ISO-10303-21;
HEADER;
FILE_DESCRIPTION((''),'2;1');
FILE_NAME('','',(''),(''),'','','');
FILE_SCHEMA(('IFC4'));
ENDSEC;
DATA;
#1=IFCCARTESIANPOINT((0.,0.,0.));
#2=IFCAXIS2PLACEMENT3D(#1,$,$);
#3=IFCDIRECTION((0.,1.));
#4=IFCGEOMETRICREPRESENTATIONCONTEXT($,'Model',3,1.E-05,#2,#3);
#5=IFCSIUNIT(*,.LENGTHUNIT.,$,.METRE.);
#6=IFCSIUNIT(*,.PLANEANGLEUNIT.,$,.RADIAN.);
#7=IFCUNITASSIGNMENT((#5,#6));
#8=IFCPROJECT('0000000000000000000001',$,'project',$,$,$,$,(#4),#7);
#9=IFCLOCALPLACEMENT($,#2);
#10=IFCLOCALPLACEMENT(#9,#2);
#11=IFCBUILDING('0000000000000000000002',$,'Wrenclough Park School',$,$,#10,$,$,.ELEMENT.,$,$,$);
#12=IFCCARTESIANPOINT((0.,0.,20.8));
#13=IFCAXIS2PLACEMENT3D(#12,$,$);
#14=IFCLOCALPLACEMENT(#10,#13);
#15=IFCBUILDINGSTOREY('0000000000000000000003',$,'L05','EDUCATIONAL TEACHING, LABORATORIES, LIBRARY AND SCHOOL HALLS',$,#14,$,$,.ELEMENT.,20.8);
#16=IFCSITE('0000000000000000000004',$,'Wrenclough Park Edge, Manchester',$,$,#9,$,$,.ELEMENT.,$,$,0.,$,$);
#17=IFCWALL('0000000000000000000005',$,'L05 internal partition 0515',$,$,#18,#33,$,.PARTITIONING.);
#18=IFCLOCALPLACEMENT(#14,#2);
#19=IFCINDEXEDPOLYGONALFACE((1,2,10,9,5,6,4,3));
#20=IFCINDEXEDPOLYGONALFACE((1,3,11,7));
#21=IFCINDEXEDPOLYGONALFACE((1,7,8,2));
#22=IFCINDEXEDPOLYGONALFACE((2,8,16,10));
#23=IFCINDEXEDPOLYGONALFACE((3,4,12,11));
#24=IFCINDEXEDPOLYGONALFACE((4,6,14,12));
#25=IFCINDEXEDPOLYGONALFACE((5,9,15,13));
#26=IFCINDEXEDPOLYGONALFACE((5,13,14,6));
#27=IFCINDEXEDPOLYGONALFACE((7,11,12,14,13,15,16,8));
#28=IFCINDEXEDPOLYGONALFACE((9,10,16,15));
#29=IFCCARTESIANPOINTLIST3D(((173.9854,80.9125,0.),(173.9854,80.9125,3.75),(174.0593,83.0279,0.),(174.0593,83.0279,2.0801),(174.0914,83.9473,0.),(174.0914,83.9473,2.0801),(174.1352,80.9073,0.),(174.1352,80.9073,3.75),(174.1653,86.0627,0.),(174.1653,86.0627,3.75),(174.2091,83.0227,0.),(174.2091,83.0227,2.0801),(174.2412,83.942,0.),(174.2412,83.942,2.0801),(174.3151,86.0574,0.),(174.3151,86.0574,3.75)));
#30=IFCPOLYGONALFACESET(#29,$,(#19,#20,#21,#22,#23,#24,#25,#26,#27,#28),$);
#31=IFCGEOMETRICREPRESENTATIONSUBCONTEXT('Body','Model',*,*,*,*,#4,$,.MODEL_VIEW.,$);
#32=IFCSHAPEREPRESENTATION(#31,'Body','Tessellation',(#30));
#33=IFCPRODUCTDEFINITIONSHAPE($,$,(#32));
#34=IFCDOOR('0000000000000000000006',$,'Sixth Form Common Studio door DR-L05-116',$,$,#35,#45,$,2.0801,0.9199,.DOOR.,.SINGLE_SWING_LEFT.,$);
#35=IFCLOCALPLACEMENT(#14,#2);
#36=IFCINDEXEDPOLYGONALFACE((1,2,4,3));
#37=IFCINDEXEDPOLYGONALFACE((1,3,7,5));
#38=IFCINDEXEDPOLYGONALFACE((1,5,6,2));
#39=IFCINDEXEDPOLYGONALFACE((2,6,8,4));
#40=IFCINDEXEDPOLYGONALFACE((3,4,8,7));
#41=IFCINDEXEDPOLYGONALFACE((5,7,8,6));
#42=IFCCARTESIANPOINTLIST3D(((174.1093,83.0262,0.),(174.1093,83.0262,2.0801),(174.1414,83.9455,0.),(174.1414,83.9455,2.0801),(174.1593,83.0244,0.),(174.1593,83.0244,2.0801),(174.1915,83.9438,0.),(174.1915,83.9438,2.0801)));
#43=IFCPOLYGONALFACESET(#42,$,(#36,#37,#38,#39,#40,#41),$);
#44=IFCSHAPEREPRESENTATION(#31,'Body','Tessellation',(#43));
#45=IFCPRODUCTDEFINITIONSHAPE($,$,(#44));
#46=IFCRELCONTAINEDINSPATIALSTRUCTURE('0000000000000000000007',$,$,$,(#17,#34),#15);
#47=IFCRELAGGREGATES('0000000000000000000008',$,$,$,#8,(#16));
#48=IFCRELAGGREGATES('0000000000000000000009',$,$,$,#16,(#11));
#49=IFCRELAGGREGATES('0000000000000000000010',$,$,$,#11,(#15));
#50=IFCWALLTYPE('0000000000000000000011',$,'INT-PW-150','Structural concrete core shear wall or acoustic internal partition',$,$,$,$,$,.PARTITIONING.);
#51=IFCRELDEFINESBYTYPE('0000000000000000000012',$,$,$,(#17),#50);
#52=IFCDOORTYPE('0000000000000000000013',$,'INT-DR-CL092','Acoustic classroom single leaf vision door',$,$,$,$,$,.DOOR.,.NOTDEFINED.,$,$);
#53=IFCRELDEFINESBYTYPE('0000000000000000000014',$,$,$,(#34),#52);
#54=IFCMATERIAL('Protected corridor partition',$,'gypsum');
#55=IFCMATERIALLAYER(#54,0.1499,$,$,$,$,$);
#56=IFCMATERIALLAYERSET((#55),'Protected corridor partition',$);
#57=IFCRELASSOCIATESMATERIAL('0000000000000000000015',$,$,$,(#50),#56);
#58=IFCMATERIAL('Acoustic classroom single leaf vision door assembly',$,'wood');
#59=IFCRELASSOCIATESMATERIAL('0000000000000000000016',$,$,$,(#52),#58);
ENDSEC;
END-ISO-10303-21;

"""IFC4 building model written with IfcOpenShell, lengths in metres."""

from ifc_helpers import new_model, si_unit, direction, frame, frame_2d, origin, place, context, subcontext, project, spatial, rectangle, extrude, material, layer, layer_set, type_object, element, fill, save


model = new_model("IFC4")

# Units and contexts
model_context = context("Model", 3, precision=1e-05, world=origin(), true_north=direction((0.0, 1.0)))
body_context = subcontext(model_context, "Body", "Model", "MODEL_VIEW")
ifc_project = project(units=[si_unit("LENGTHUNIT", "METRE"), si_unit("PLANEANGLEUNIT", "RADIAN")], contexts=[model_context])

# Site, building, storey
site_placement = place(None, origin())
site = spatial("IfcSite", under=ifc_project, at=site_placement, Name="Wrenclough Park Edge, Manchester", CompositionType="ELEMENT", RefElevation=0.0)
building_placement = place(site_placement, origin())
building = spatial("IfcBuilding", under=site, at=building_placement, Name="Wrenclough Park School", CompositionType="ELEMENT")
storey_placement = place(building_placement, frame((0.0, 0.0, 20.8)))
storey = spatial("IfcBuildingStorey", under=building, at=storey_placement, Name="L05", Description="EDUCATIONAL TEACHING, LABORATORIES, LIBRARY AND SCHOOL HALLS", CompositionType="ELEMENT", Elevation=20.8)

# Wall, opening, door
ifc_material_1 = material(Name="Protected corridor partition", Category="gypsum")
ifc_layer_1 = layer(ifc_material_1, 0.1499)
ifc_layer_set_1 = layer_set([ifc_layer_1], Name="Protected corridor partition")
wall_type_1 = type_object("IfcWallType", Name="INT-PW-150", Description="Structural concrete core shear wall or acoustic internal partition", PredefinedType="PARTITIONING", material=ifc_layer_set_1)
wall_1_placement = place(storey_placement, frame((174.2402, 86.0601, 0.0), z_axis=(0.0, 0.0, 1.0), x_axis=(-0.034916, -0.99939, 0.0)))
wall_1 = element("IfcWall", 1, at=wall_1_placement, inside=storey, type_object=wall_type_1, Name="L05 internal partition 0515", PredefinedType="PARTITIONING", context=body_context, shape_type="SweptSolid", body=[
    extrude(rectangle(XDim=5.1533, YDim=0.1499, at=frame_2d((2.5767, 0.0))), origin(), (0.0, 0.0, 1.0), 3.75),
])
opening_1_placement = place(wall_1_placement, frame((2.1167, 0.0, 0.0)))
opening_1 = element("IfcOpeningElement", 2, at=opening_1_placement, cuts=wall_1, PredefinedType="OPENING", context=body_context, shape_type="SweptSolid", body=[
    extrude(rectangle(XDim=0.9199, YDim=2.0801, at=frame_2d((0.46, 1.04))), frame((0.0, 0.085, 0.0), z_axis=(0.0, -1.0, 0.0), x_axis=(1.0, 0.0, 0.0)), (0.0, 0.0, 1.0), 0.1699),
])
ifc_material_2 = material(Name="Acoustic classroom single leaf vision door assembly", Category="wood")
door_type_1 = type_object("IfcDoorType", Name="INT-DR-CL092", Description="Acoustic classroom single leaf vision door", OperationType="NOTDEFINED", PredefinedType="DOOR", material=ifc_material_2)
door_1_placement = place(opening_1_placement, frame((0.9199, 0.0, 0.0), z_axis=(0.0, 0.0, 1.0), x_axis=(-1.0, 0.0, 0.0)))
door_1 = element("IfcDoor", 3, at=door_1_placement, inside=storey, type_object=door_type_1, Name="Sixth Form Common Studio door DR-L05-116", OperationType="SINGLE_SWING_LEFT", OverallHeight=2.0801, OverallWidth=0.9199, PredefinedType="DOOR", context=body_context, shape_type="SweptSolid", body=[
    extrude(rectangle(XDim=0.9199, YDim=2.0801, at=frame_2d((0.46, 1.04))), frame((0.0, 0.0249, 0.0), z_axis=(0.0, -1.0, 0.0), x_axis=(1.0, 0.0, 0.0)), (0.0, 0.0, 1.0), 0.05),
])
fill(opening_1, door_1)

save(model, "model.ifc")
